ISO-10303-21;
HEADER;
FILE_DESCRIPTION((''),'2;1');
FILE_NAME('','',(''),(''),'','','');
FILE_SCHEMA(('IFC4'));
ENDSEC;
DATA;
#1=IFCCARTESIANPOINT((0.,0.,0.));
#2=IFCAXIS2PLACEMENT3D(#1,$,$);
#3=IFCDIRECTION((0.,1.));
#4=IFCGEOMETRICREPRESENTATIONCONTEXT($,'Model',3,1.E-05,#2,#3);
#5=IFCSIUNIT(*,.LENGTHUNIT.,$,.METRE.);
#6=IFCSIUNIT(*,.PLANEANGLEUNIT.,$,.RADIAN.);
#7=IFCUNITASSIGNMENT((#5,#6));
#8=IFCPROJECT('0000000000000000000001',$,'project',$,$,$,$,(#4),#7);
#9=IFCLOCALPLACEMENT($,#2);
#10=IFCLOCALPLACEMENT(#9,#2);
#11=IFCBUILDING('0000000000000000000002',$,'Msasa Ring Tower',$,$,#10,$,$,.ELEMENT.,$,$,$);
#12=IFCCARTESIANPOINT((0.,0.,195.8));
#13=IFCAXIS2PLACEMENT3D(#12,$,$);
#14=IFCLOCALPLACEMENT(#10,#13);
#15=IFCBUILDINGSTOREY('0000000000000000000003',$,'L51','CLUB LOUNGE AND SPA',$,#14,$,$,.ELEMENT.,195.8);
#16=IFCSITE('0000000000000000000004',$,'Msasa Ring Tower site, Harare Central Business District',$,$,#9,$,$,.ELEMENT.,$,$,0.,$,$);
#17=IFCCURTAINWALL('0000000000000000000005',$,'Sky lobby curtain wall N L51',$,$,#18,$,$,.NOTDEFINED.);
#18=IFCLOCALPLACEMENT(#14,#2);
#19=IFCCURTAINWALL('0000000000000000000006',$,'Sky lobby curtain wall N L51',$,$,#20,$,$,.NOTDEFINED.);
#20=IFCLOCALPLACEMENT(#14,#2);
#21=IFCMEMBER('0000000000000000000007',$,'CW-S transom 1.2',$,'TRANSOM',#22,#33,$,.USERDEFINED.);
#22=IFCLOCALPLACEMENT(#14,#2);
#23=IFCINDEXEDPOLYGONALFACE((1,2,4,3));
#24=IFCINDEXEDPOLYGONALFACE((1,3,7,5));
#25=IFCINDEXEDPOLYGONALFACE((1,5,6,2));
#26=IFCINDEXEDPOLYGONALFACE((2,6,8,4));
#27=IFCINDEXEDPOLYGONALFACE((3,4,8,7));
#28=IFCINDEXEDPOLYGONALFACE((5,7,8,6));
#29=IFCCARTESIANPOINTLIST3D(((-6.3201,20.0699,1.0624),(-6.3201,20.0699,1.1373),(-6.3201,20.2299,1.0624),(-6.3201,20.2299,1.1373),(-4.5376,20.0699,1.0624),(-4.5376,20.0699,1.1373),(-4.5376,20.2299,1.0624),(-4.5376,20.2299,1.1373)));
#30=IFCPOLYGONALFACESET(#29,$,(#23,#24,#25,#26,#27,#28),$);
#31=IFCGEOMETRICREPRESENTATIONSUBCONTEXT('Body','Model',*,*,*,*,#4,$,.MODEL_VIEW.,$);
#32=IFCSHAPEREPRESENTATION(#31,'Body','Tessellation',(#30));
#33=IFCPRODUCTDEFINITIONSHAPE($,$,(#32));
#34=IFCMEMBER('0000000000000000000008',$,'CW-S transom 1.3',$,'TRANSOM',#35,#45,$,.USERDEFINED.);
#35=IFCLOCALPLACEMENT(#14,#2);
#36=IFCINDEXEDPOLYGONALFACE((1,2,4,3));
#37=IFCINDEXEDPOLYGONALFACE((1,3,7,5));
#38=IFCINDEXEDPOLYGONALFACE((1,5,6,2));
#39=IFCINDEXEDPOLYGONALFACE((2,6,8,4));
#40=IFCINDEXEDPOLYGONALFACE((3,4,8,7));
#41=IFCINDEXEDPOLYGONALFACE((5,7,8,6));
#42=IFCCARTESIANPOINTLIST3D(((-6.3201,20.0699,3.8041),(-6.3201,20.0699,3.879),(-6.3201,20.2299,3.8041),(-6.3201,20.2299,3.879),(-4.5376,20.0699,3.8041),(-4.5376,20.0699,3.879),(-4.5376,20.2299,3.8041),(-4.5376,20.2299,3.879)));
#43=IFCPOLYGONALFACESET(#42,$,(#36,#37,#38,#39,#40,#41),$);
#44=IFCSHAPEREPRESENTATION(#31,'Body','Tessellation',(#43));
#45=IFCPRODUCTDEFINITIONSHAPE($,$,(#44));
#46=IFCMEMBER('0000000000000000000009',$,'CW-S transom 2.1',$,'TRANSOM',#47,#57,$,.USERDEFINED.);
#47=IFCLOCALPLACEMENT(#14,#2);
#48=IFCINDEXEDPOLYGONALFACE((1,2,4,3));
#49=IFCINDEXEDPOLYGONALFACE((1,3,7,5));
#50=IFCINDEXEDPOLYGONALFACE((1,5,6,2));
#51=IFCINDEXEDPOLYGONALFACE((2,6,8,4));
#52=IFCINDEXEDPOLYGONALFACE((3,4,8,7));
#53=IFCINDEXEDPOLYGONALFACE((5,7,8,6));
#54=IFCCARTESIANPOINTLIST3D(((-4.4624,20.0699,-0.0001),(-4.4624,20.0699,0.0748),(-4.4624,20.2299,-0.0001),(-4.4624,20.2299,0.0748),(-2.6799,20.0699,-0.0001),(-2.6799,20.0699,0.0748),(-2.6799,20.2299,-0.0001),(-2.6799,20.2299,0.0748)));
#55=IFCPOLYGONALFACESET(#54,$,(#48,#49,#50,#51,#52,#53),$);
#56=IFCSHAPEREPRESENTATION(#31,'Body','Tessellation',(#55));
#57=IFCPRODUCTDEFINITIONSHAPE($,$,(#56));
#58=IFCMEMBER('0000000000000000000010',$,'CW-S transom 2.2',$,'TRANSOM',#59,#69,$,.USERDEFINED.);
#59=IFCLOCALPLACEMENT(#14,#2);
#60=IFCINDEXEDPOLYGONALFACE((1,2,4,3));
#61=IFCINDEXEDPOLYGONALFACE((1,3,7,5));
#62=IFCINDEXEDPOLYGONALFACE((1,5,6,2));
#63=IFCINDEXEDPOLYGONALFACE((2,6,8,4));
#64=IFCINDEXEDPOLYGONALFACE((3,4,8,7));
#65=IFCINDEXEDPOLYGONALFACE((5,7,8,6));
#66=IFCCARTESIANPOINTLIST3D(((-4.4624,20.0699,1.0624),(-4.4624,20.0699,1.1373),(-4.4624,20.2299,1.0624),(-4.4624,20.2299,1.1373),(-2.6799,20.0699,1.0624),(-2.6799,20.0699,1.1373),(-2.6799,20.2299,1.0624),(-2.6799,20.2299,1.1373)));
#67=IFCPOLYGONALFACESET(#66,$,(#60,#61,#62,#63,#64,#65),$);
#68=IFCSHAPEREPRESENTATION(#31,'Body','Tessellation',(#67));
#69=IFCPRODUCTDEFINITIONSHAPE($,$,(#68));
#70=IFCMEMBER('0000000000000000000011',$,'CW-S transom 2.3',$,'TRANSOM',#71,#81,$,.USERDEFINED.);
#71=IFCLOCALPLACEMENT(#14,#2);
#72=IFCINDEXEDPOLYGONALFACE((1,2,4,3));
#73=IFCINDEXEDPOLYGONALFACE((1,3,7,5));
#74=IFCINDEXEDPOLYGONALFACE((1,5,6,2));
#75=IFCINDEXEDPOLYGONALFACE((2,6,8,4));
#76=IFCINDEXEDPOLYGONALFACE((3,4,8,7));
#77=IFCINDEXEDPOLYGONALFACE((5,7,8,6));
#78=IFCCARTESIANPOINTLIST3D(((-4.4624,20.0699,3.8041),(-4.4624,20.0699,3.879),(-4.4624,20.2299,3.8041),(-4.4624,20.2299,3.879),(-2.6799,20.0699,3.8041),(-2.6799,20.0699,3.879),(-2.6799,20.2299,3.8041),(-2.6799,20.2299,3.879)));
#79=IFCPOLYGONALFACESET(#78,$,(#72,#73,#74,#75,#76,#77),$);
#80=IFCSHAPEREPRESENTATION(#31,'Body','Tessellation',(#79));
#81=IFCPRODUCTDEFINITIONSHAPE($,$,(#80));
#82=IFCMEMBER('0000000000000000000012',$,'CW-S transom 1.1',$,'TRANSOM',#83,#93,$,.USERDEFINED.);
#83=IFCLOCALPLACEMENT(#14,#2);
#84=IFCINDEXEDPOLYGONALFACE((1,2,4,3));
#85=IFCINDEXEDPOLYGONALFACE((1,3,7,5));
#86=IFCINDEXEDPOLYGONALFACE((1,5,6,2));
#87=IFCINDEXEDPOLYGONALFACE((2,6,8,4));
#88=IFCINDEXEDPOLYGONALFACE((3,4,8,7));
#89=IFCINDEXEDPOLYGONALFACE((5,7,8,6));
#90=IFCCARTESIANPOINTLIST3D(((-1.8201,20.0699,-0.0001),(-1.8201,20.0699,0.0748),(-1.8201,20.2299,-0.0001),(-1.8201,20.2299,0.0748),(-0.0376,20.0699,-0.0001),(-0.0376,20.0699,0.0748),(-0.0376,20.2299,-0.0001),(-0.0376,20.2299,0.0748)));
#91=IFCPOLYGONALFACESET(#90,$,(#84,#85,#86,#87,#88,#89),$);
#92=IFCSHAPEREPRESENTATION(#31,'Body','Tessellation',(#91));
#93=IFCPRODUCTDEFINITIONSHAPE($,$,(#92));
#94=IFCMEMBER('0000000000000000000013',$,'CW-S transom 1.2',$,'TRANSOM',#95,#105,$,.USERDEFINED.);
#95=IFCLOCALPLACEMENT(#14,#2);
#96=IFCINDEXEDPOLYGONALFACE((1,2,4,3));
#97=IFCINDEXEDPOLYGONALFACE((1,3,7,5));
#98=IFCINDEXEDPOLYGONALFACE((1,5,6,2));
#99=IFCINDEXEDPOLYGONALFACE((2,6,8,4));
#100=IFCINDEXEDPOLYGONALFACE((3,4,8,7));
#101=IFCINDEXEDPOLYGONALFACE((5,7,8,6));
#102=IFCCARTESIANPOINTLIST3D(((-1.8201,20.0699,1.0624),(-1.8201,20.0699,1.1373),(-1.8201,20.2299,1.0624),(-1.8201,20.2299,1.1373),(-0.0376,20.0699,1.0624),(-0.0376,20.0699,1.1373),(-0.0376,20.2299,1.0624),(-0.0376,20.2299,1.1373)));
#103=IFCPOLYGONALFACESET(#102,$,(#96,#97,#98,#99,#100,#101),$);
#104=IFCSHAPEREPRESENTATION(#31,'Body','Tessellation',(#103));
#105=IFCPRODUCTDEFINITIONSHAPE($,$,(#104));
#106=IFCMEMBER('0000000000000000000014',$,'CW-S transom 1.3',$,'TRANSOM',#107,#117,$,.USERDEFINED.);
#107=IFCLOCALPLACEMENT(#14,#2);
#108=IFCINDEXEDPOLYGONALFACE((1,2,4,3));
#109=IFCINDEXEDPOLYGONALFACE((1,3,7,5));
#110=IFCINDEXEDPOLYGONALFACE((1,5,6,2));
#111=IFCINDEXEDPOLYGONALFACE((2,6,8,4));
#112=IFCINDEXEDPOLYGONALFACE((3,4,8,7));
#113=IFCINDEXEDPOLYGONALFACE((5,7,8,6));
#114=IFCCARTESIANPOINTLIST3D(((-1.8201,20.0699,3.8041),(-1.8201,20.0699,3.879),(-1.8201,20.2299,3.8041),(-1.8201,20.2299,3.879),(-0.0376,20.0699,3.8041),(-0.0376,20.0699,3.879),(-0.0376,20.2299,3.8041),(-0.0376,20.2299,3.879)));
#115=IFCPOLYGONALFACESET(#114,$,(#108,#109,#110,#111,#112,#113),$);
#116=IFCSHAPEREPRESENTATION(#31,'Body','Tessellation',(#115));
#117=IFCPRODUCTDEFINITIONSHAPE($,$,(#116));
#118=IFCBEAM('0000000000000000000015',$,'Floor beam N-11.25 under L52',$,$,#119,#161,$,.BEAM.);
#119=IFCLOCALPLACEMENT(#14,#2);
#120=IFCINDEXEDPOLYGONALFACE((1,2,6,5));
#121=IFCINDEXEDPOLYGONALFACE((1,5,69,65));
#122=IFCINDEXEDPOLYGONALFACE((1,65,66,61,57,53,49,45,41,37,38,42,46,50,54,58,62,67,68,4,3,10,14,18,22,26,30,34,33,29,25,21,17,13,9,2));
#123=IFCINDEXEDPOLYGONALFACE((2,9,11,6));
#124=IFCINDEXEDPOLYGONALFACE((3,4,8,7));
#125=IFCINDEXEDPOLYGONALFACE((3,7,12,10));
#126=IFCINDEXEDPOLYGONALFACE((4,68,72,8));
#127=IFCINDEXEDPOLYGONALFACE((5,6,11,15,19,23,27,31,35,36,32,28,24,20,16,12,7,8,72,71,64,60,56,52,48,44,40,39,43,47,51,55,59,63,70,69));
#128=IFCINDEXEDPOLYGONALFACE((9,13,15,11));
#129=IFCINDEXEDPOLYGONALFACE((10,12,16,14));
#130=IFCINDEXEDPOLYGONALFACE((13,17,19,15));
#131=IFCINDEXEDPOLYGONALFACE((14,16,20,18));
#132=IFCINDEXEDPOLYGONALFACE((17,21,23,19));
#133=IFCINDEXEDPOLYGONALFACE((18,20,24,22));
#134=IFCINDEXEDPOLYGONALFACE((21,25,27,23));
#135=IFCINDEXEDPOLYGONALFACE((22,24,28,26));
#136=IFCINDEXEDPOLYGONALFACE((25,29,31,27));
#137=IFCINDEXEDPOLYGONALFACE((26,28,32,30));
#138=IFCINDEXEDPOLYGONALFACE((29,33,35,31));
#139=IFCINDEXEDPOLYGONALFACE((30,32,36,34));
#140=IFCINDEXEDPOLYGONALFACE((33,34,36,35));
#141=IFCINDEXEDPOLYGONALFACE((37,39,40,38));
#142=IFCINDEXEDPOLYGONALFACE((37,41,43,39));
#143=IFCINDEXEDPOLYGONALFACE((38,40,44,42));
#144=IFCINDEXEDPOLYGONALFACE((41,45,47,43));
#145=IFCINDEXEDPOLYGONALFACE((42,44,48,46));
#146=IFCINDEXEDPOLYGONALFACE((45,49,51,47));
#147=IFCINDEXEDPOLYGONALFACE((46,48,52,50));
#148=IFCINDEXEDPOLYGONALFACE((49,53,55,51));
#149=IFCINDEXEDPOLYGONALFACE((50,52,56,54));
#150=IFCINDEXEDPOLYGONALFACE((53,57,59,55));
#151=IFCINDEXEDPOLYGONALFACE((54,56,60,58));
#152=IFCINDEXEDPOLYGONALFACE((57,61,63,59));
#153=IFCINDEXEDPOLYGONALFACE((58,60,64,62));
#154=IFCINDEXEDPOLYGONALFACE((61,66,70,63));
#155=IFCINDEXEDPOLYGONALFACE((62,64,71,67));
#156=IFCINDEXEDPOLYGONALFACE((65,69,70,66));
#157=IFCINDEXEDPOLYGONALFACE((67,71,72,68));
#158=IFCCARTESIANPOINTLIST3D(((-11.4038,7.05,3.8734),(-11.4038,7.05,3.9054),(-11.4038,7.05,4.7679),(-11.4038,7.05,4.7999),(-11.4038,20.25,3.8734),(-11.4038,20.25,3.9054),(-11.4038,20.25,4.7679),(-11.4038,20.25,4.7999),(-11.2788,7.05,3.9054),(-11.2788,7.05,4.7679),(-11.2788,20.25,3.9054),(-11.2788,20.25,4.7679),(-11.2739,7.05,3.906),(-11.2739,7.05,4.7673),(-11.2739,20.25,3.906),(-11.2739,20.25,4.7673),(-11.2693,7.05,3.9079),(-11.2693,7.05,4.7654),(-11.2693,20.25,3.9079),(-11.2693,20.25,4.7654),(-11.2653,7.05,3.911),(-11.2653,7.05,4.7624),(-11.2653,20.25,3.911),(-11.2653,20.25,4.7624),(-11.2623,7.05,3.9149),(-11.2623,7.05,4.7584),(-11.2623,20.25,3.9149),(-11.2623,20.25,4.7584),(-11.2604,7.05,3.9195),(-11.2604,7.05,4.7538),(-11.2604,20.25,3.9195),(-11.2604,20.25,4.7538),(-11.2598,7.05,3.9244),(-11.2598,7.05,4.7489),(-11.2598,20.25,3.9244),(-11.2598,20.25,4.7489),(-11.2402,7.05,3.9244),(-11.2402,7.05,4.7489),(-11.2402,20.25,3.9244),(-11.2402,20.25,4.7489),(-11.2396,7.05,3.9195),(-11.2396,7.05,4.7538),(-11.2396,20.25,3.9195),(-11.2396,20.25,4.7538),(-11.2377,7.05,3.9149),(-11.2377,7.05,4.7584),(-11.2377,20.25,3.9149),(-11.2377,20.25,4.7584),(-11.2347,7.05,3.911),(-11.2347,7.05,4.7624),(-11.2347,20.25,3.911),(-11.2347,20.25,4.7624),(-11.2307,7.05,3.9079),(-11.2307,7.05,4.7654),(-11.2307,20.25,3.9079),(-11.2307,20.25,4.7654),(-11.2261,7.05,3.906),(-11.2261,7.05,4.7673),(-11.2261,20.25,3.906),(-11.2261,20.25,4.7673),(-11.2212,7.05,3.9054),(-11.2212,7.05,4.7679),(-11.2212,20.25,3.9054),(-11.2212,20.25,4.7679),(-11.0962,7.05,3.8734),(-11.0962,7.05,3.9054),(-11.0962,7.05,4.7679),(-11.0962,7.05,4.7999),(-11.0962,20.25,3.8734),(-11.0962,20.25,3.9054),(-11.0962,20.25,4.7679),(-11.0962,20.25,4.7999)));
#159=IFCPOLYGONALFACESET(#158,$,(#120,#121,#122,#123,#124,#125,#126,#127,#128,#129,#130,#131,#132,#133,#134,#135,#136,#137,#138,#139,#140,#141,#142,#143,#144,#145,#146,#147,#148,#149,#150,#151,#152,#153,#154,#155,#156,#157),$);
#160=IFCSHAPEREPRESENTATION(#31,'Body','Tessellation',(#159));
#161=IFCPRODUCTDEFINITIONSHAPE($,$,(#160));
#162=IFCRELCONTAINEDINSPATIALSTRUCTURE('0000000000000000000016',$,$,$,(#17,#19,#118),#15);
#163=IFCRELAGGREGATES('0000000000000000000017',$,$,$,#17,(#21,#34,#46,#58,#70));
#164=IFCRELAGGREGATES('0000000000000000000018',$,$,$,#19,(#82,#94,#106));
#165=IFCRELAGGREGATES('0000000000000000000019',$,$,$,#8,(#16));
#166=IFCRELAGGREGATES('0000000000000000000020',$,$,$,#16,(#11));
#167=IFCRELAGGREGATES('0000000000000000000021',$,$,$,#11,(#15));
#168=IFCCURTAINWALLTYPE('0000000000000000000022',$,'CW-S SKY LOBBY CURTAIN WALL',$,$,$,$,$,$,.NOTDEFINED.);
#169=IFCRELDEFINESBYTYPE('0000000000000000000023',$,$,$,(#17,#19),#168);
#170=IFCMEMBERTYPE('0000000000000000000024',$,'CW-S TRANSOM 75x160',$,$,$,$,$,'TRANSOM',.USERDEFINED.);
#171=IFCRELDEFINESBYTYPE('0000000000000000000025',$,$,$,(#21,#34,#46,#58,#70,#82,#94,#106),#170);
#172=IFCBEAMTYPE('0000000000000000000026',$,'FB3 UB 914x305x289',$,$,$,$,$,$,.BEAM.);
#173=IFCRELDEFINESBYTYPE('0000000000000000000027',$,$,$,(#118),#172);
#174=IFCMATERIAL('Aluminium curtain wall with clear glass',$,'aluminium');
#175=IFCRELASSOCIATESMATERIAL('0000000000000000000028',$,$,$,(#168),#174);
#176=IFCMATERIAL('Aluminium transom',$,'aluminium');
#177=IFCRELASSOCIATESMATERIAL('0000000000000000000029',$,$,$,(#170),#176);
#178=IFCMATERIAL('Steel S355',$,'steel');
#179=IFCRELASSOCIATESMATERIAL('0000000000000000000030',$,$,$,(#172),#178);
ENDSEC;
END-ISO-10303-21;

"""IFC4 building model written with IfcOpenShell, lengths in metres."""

from ifc_helpers import new_model, si_unit, direction, frame, origin, origin_2d, place, context, subcontext, project, spatial, rectangle, i_section, extrude, material, material_profile, profile_set, type_object, element, aggregate, save


model = new_model("IFC4")

# Units and contexts
model_context = context("Model", 3, precision=1e-05, world=origin(), true_north=direction((0.0, 1.0)))
body_context = subcontext(model_context, "Body", "Model", "MODEL_VIEW")
ifc_project = project(units=[si_unit("LENGTHUNIT", "METRE"), si_unit("PLANEANGLEUNIT", "RADIAN")], contexts=[model_context])

# Site, building, storey
site_placement = place(None, origin())
site = spatial("IfcSite", under=ifc_project, at=site_placement, Name="Msasa Ring Tower site, Harare Central Business District", CompositionType="ELEMENT", RefElevation=0.0)
building_placement = place(site_placement, origin())
building = spatial("IfcBuilding", under=site, at=building_placement, Name="Msasa Ring Tower", CompositionType="ELEMENT")
storey_placement = place(building_placement, frame((0.0, 0.0, 195.8)))
storey = spatial("IfcBuildingStorey", under=building, at=storey_placement, Name="L51", Description="CLUB LOUNGE AND SPA", CompositionType="ELEMENT", Elevation=195.8)

# Curtain walls
ifc_material_1 = material(Name="Aluminium curtain wall with clear glass", Category="aluminium")
curtain_wall_type = type_object("IfcCurtainWallType", Name="CW-S SKY LOBBY CURTAIN WALL", PredefinedType="NOTDEFINED", material=ifc_material_1)
curtain_wall_1_placement = place(storey_placement, origin())
curtain_wall_1 = element("IfcCurtainWall", 1, at=curtain_wall_1_placement, inside=storey, type_object=curtain_wall_type, Name="Sky lobby curtain wall N L51", PredefinedType="NOTDEFINED")
curtain_wall_2_placement = place(storey_placement, origin())
curtain_wall_2 = element("IfcCurtainWall", 2, at=curtain_wall_2_placement, inside=storey, type_object=curtain_wall_type, Name="Sky lobby curtain wall N L51", PredefinedType="NOTDEFINED")

# Members
ifc_material_2 = material(Name="Aluminium transom", Category="aluminium")
ifc_material_profile_1 = material_profile(ifc_material_2, rectangle(XDim=0.1599, YDim=0.075, at=origin_2d()), Name="AL 75x160")
ifc_profile_set_1 = profile_set([ifc_material_profile_1], Name="Aluminium transom")
member_type_1 = type_object("IfcMemberType", Name="CW-S TRANSOM 75x160", ElementType="TRANSOM", PredefinedType="USERDEFINED", material=ifc_profile_set_1)
member_1_placement = place(storey_placement, frame((-6.3201, 20.1499, 1.0999), z_axis=(1.0, 0.0, 0.0), x_axis=(0.0, 1.0, 0.0)))
member_1 = element("IfcMember", 3, at=member_1_placement, type_object=member_type_1, Name="CW-S transom 1.2", ObjectType="TRANSOM", PredefinedType="USERDEFINED", context=body_context, shape_type="SweptSolid", body=[
    extrude(rectangle(XDim=0.1599, YDim=0.075, at=origin_2d()), origin(), (0.0, 0.0, 1.0), 1.7825),
])
member_2_placement = place(storey_placement, frame((-6.3201, 20.1499, 3.8416), z_axis=(1.0, 0.0, 0.0), x_axis=(0.0, 1.0, 0.0)))
member_2 = element("IfcMember", 4, at=member_2_placement, type_object=member_type_1, Name="CW-S transom 1.3", ObjectType="TRANSOM", PredefinedType="USERDEFINED", context=body_context, shape_type="SweptSolid", body=[
    extrude(rectangle(XDim=0.1599, YDim=0.075, at=origin_2d()), origin(), (0.0, 0.0, 1.0), 1.7825),
])
member_3_placement = place(storey_placement, frame((-4.4624, 20.1499, 0.0374), z_axis=(1.0, 0.0, 0.0), x_axis=(0.0, 1.0, 0.0)))
member_3 = element("IfcMember", 5, at=member_3_placement, type_object=member_type_1, Name="CW-S transom 2.1", ObjectType="TRANSOM", PredefinedType="USERDEFINED", context=body_context, shape_type="SweptSolid", body=[
    extrude(rectangle(XDim=0.1599, YDim=0.075, at=origin_2d()), origin(), (0.0, 0.0, 1.0), 1.7825),
])
member_4_placement = place(storey_placement, frame((-4.4624, 20.1499, 1.0999), z_axis=(1.0, 0.0, 0.0), x_axis=(0.0, 1.0, 0.0)))
member_4 = element("IfcMember", 6, at=member_4_placement, type_object=member_type_1, Name="CW-S transom 2.2", ObjectType="TRANSOM", PredefinedType="USERDEFINED", context=body_context, shape_type="SweptSolid", body=[
    extrude(rectangle(XDim=0.1599, YDim=0.075, at=origin_2d()), origin(), (0.0, 0.0, 1.0), 1.7825),
])
member_5_placement = place(storey_placement, frame((-4.4624, 20.1499, 3.8416), z_axis=(1.0, 0.0, 0.0), x_axis=(0.0, 1.0, 0.0)))
member_5 = element("IfcMember", 7, at=member_5_placement, type_object=member_type_1, Name="CW-S transom 2.3", ObjectType="TRANSOM", PredefinedType="USERDEFINED", context=body_context, shape_type="SweptSolid", body=[
    extrude(rectangle(XDim=0.1599, YDim=0.075, at=origin_2d()), origin(), (0.0, 0.0, 1.0), 1.7825),
])
member_6_placement = place(storey_placement, frame((-1.8201, 20.1499, 0.0374), z_axis=(1.0, 0.0, 0.0), x_axis=(0.0, 1.0, 0.0)))
member_6 = element("IfcMember", 8, at=member_6_placement, type_object=member_type_1, Name="CW-S transom 1.1", ObjectType="TRANSOM", PredefinedType="USERDEFINED", context=body_context, shape_type="SweptSolid", body=[
    extrude(rectangle(XDim=0.1599, YDim=0.075, at=origin_2d()), origin(), (0.0, 0.0, 1.0), 1.7825),
])
member_7_placement = place(storey_placement, frame((-1.8201, 20.1499, 1.0999), z_axis=(1.0, 0.0, 0.0), x_axis=(0.0, 1.0, 0.0)))
member_7 = element("IfcMember", 9, at=member_7_placement, type_object=member_type_1, Name="CW-S transom 1.2", ObjectType="TRANSOM", PredefinedType="USERDEFINED", context=body_context, shape_type="SweptSolid", body=[
    extrude(rectangle(XDim=0.1599, YDim=0.075, at=origin_2d()), origin(), (0.0, 0.0, 1.0), 1.7825),
])
member_8_placement = place(storey_placement, frame((-1.8201, 20.1499, 3.8416), z_axis=(1.0, 0.0, 0.0), x_axis=(0.0, 1.0, 0.0)))
member_8 = element("IfcMember", 10, at=member_8_placement, type_object=member_type_1, Name="CW-S transom 1.3", ObjectType="TRANSOM", PredefinedType="USERDEFINED", context=body_context, shape_type="SweptSolid", body=[
    extrude(rectangle(XDim=0.1599, YDim=0.075, at=origin_2d()), origin(), (0.0, 0.0, 1.0), 1.7825),
])

# Beam
ifc_material_3 = material(Name="Steel S355", Category="steel")
ifc_material_profile_2 = material_profile(ifc_material_3, i_section(OverallWidth=0.3076, OverallDepth=0.9265, WebThickness=0.0195, FlangeThickness=0.032, FilletRadius=0.019, at=origin_2d()), Name="UB 914x305x289")
ifc_profile_set_2 = profile_set([ifc_material_profile_2], Name="Steel S355")
beam_type_1 = type_object("IfcBeamType", Name="FB3 UB 914x305x289", PredefinedType="BEAM", material=ifc_profile_set_2)
beam_placement = place(storey_placement, frame((-11.25, 20.25, 4.3367), z_axis=(0.0, -1.0, 0.0), x_axis=(1.0, 0.0, 0.0)))
element("IfcBeam", 11, at=beam_placement, inside=storey, type_object=beam_type_1, Name="Floor beam N-11.25 under L52", PredefinedType="BEAM", context=body_context, shape_type="SweptSolid", body=[
    extrude(i_section(OverallWidth=0.3076, OverallDepth=0.9265, WebThickness=0.0195, FlangeThickness=0.032, FilletRadius=0.019, at=origin_2d()), origin(), (0.0, 0.0, 1.0), 13.2),
])

aggregate(curtain_wall_1, [member_1, member_2, member_3, member_4, member_5])
aggregate(curtain_wall_2, [member_6, member_7, member_8])

save(model, "model.ifc")
